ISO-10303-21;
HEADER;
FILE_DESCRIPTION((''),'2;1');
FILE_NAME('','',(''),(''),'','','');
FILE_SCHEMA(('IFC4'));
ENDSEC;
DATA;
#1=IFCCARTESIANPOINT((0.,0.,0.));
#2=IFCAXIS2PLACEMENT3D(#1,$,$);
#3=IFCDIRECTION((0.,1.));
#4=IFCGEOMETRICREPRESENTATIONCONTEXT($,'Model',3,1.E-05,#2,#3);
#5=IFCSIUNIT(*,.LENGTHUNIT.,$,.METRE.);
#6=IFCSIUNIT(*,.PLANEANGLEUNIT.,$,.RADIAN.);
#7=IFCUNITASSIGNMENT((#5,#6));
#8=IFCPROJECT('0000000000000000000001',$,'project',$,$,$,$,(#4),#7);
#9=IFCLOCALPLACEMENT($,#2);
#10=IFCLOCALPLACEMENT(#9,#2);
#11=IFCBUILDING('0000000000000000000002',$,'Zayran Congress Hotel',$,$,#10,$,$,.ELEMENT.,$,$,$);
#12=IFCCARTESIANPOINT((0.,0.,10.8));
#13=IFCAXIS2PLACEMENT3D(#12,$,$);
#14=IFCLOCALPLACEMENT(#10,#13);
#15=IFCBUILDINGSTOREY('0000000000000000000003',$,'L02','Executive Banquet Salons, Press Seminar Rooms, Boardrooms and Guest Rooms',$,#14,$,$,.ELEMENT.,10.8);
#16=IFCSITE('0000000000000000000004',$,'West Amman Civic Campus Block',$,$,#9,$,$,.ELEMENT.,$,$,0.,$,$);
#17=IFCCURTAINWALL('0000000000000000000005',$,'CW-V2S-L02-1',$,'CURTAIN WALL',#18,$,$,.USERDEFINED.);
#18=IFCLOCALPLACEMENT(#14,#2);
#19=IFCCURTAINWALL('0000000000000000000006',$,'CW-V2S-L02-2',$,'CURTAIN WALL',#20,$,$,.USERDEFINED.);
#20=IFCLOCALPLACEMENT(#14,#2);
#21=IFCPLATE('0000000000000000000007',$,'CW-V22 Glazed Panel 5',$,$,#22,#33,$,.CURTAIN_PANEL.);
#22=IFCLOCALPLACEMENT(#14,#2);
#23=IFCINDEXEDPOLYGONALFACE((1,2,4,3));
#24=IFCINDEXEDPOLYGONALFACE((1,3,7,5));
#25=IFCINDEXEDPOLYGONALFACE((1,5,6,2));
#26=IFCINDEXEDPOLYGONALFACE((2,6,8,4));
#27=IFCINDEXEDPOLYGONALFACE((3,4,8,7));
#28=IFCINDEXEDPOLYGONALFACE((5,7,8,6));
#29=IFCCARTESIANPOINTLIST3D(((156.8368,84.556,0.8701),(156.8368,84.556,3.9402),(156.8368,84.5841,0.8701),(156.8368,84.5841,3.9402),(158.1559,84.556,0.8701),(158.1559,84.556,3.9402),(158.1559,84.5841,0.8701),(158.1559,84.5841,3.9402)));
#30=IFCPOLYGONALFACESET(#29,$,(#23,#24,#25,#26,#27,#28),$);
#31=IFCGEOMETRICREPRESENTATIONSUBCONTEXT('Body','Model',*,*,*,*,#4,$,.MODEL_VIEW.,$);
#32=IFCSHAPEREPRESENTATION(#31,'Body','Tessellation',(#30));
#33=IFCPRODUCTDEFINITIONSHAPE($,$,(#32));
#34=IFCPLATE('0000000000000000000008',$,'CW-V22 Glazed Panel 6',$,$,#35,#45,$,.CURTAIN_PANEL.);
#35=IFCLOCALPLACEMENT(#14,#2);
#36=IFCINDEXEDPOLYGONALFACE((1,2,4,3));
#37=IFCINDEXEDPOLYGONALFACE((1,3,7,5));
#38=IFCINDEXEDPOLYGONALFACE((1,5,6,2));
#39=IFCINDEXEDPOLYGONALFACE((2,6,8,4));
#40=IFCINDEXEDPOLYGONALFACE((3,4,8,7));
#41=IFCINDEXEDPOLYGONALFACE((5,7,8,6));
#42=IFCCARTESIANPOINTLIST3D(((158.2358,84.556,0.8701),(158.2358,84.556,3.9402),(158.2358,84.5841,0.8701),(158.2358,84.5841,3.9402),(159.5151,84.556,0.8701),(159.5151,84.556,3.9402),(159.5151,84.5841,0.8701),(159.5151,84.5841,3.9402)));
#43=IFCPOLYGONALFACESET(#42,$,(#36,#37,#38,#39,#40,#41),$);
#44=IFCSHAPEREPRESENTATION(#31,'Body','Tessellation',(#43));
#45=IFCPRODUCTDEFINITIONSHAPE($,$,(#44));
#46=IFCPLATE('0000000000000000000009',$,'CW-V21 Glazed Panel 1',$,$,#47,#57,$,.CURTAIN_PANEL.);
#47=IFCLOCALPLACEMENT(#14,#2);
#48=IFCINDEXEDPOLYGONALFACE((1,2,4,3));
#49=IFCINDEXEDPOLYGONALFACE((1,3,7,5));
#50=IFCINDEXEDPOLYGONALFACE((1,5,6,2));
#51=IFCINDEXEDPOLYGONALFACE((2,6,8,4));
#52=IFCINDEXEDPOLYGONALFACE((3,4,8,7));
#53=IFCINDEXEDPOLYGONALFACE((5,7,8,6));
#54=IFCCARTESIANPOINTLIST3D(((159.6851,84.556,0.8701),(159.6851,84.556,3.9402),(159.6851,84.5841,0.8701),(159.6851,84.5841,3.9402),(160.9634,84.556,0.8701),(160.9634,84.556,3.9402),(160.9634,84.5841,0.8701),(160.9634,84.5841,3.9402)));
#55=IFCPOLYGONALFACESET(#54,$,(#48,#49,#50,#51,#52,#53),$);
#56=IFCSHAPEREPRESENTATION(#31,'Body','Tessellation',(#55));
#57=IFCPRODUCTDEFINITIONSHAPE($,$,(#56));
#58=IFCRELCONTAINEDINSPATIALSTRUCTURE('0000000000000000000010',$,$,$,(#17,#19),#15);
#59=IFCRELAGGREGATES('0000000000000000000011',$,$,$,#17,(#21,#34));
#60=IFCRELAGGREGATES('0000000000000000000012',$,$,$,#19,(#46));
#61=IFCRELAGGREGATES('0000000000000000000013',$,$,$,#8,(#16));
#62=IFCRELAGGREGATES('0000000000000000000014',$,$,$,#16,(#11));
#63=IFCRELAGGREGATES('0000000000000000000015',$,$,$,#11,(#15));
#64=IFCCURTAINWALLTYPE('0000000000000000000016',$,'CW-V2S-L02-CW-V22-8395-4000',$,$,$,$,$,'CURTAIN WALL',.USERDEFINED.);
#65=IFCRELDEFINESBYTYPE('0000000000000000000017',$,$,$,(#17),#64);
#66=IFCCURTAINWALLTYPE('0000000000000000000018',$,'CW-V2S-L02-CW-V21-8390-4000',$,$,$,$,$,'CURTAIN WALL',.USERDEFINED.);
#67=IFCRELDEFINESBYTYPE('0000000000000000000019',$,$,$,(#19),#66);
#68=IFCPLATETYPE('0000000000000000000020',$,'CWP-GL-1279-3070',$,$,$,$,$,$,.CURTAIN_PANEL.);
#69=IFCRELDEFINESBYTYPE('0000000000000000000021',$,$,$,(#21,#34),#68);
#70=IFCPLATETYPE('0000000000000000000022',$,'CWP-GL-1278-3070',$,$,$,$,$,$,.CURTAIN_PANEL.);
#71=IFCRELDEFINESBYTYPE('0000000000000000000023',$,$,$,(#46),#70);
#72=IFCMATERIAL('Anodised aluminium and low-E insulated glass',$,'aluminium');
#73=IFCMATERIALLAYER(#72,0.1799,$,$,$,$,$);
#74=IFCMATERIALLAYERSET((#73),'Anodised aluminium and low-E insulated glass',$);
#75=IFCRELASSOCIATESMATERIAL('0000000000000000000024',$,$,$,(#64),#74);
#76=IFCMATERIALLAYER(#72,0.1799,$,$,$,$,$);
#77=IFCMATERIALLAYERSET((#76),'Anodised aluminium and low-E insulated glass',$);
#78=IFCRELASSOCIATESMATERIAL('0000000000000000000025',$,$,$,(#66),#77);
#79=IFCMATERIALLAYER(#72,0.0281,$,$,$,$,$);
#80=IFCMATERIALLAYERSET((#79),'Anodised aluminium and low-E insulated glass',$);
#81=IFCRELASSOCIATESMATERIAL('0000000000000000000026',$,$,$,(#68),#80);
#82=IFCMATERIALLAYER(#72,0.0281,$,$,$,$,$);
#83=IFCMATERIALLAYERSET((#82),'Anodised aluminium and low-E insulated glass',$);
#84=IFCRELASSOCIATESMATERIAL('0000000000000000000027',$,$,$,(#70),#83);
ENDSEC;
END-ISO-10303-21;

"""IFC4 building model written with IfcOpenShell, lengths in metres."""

from ifc_helpers import new_model, si_unit, direction, frame, origin, origin_2d, place, context, subcontext, project, spatial, rectangle, extrude, material, layer, layer_set, type_object, element, aggregate, save


model = new_model("IFC4")

# Units and contexts
model_context = context("Model", 3, precision=1e-05, world=origin(), true_north=direction((0.0, 1.0)))
body_context = subcontext(model_context, "Body", "Model", "MODEL_VIEW")
ifc_project = project(units=[si_unit("LENGTHUNIT", "METRE"), si_unit("PLANEANGLEUNIT", "RADIAN")], contexts=[model_context])

# Site, building, storey
site_placement = place(None, origin())
site = spatial("IfcSite", under=ifc_project, at=site_placement, Name="West Amman Civic Campus Block", CompositionType="ELEMENT", RefElevation=0.0)
building_placement = place(site_placement, origin())
building = spatial("IfcBuilding", under=site, at=building_placement, Name="Zayran Congress Hotel", CompositionType="ELEMENT")
storey_placement = place(building_placement, frame((0.0, 0.0, 10.8)))
storey = spatial("IfcBuildingStorey", under=building, at=storey_placement, Name="L02", Description="Executive Banquet Salons, Press Seminar Rooms, Boardrooms and Guest Rooms", CompositionType="ELEMENT", Elevation=10.8)

# Curtain walls
ifc_material_1 = material(Name="Anodised aluminium and low-E insulated glass", Category="aluminium")
ifc_layer_1 = layer(ifc_material_1, 0.1799)
ifc_layer_set_1 = layer_set([ifc_layer_1], Name="Anodised aluminium and low-E insulated glass")
curtain_wall_type_1 = type_object("IfcCurtainWallType", Name="CW-V2S-L02-CW-V22-8395-4000", ElementType="CURTAIN WALL", PredefinedType="USERDEFINED", material=ifc_layer_set_1)
curtain_wall_1_placement = place(storey_placement, origin())
curtain_wall_1 = element("IfcCurtainWall", 1, at=curtain_wall_1_placement, inside=storey, type_object=curtain_wall_type_1, Name="CW-V2S-L02-1", ObjectType="CURTAIN WALL", PredefinedType="USERDEFINED")
ifc_layer_2 = layer(ifc_material_1, 0.1799)
ifc_layer_set_2 = layer_set([ifc_layer_2], Name="Anodised aluminium and low-E insulated glass")
curtain_wall_type_2 = type_object("IfcCurtainWallType", Name="CW-V2S-L02-CW-V21-8390-4000", ElementType="CURTAIN WALL", PredefinedType="USERDEFINED", material=ifc_layer_set_2)
curtain_wall_2_placement = place(storey_placement, origin())
curtain_wall_2 = element("IfcCurtainWall", 2, at=curtain_wall_2_placement, inside=storey, type_object=curtain_wall_type_2, Name="CW-V2S-L02-2", ObjectType="CURTAIN WALL", PredefinedType="USERDEFINED")

# Plates
ifc_layer_3 = layer(ifc_material_1, 0.0281)
ifc_layer_set_3 = layer_set([ifc_layer_3], Name="Anodised aluminium and low-E insulated glass")
plate_type_1 = type_object("IfcPlateType", Name="CWP-GL-1279-3070", PredefinedType="CURTAIN_PANEL", material=ifc_layer_set_3)
plate_1_placement = place(storey_placement, frame((157.4963, 84.5701, 0.8701), z_axis=(0.0, 0.0, 1.0), x_axis=(1.0, 0.0, 0.0)))
plate_1 = element("IfcPlate", 3, at=plate_1_placement, type_object=plate_type_1, Name="CW-V22 Glazed Panel 5", PredefinedType="CURTAIN_PANEL", context=body_context, shape_type="SweptSolid", body=[
    extrude(rectangle(XDim=1.3191, YDim=0.0281, at=origin_2d()), origin(), (0.0, 0.0, 1.0), 3.0701),
])
plate_2_placement = place(storey_placement, frame((158.8755, 84.5701, 0.8701), z_axis=(0.0, 0.0, 1.0), x_axis=(1.0, 0.0, 0.0)))
plate_2 = element("IfcPlate", 4, at=plate_2_placement, type_object=plate_type_1, Name="CW-V22 Glazed Panel 6", PredefinedType="CURTAIN_PANEL", context=body_context, shape_type="SweptSolid", body=[
    extrude(rectangle(XDim=1.2793, YDim=0.0281, at=origin_2d()), origin(), (0.0, 0.0, 1.0), 3.0701),
])
aggregate(curtain_wall_1, [plate_1, plate_2])
ifc_layer_4 = layer(ifc_material_1, 0.0281)
ifc_layer_set_4 = layer_set([ifc_layer_4], Name="Anodised aluminium and low-E insulated glass")
plate_type_2 = type_object("IfcPlateType", Name="CWP-GL-1278-3070", PredefinedType="CURTAIN_PANEL", material=ifc_layer_set_4)
plate_3_placement = place(storey_placement, frame((160.3242, 84.5701, 0.8701), z_axis=(0.0, 0.0, 1.0), x_axis=(1.0, 0.0, 0.0)))
plate_3 = element("IfcPlate", 5, at=plate_3_placement, type_object=plate_type_2, Name="CW-V21 Glazed Panel 1", PredefinedType="CURTAIN_PANEL", context=body_context, shape_type="SweptSolid", body=[
    extrude(rectangle(XDim=1.2783, YDim=0.0281, at=origin_2d()), origin(), (0.0, 0.0, 1.0), 3.0701),
])
aggregate(curtain_wall_2, [plate_3])

save(model, "model.ifc")
